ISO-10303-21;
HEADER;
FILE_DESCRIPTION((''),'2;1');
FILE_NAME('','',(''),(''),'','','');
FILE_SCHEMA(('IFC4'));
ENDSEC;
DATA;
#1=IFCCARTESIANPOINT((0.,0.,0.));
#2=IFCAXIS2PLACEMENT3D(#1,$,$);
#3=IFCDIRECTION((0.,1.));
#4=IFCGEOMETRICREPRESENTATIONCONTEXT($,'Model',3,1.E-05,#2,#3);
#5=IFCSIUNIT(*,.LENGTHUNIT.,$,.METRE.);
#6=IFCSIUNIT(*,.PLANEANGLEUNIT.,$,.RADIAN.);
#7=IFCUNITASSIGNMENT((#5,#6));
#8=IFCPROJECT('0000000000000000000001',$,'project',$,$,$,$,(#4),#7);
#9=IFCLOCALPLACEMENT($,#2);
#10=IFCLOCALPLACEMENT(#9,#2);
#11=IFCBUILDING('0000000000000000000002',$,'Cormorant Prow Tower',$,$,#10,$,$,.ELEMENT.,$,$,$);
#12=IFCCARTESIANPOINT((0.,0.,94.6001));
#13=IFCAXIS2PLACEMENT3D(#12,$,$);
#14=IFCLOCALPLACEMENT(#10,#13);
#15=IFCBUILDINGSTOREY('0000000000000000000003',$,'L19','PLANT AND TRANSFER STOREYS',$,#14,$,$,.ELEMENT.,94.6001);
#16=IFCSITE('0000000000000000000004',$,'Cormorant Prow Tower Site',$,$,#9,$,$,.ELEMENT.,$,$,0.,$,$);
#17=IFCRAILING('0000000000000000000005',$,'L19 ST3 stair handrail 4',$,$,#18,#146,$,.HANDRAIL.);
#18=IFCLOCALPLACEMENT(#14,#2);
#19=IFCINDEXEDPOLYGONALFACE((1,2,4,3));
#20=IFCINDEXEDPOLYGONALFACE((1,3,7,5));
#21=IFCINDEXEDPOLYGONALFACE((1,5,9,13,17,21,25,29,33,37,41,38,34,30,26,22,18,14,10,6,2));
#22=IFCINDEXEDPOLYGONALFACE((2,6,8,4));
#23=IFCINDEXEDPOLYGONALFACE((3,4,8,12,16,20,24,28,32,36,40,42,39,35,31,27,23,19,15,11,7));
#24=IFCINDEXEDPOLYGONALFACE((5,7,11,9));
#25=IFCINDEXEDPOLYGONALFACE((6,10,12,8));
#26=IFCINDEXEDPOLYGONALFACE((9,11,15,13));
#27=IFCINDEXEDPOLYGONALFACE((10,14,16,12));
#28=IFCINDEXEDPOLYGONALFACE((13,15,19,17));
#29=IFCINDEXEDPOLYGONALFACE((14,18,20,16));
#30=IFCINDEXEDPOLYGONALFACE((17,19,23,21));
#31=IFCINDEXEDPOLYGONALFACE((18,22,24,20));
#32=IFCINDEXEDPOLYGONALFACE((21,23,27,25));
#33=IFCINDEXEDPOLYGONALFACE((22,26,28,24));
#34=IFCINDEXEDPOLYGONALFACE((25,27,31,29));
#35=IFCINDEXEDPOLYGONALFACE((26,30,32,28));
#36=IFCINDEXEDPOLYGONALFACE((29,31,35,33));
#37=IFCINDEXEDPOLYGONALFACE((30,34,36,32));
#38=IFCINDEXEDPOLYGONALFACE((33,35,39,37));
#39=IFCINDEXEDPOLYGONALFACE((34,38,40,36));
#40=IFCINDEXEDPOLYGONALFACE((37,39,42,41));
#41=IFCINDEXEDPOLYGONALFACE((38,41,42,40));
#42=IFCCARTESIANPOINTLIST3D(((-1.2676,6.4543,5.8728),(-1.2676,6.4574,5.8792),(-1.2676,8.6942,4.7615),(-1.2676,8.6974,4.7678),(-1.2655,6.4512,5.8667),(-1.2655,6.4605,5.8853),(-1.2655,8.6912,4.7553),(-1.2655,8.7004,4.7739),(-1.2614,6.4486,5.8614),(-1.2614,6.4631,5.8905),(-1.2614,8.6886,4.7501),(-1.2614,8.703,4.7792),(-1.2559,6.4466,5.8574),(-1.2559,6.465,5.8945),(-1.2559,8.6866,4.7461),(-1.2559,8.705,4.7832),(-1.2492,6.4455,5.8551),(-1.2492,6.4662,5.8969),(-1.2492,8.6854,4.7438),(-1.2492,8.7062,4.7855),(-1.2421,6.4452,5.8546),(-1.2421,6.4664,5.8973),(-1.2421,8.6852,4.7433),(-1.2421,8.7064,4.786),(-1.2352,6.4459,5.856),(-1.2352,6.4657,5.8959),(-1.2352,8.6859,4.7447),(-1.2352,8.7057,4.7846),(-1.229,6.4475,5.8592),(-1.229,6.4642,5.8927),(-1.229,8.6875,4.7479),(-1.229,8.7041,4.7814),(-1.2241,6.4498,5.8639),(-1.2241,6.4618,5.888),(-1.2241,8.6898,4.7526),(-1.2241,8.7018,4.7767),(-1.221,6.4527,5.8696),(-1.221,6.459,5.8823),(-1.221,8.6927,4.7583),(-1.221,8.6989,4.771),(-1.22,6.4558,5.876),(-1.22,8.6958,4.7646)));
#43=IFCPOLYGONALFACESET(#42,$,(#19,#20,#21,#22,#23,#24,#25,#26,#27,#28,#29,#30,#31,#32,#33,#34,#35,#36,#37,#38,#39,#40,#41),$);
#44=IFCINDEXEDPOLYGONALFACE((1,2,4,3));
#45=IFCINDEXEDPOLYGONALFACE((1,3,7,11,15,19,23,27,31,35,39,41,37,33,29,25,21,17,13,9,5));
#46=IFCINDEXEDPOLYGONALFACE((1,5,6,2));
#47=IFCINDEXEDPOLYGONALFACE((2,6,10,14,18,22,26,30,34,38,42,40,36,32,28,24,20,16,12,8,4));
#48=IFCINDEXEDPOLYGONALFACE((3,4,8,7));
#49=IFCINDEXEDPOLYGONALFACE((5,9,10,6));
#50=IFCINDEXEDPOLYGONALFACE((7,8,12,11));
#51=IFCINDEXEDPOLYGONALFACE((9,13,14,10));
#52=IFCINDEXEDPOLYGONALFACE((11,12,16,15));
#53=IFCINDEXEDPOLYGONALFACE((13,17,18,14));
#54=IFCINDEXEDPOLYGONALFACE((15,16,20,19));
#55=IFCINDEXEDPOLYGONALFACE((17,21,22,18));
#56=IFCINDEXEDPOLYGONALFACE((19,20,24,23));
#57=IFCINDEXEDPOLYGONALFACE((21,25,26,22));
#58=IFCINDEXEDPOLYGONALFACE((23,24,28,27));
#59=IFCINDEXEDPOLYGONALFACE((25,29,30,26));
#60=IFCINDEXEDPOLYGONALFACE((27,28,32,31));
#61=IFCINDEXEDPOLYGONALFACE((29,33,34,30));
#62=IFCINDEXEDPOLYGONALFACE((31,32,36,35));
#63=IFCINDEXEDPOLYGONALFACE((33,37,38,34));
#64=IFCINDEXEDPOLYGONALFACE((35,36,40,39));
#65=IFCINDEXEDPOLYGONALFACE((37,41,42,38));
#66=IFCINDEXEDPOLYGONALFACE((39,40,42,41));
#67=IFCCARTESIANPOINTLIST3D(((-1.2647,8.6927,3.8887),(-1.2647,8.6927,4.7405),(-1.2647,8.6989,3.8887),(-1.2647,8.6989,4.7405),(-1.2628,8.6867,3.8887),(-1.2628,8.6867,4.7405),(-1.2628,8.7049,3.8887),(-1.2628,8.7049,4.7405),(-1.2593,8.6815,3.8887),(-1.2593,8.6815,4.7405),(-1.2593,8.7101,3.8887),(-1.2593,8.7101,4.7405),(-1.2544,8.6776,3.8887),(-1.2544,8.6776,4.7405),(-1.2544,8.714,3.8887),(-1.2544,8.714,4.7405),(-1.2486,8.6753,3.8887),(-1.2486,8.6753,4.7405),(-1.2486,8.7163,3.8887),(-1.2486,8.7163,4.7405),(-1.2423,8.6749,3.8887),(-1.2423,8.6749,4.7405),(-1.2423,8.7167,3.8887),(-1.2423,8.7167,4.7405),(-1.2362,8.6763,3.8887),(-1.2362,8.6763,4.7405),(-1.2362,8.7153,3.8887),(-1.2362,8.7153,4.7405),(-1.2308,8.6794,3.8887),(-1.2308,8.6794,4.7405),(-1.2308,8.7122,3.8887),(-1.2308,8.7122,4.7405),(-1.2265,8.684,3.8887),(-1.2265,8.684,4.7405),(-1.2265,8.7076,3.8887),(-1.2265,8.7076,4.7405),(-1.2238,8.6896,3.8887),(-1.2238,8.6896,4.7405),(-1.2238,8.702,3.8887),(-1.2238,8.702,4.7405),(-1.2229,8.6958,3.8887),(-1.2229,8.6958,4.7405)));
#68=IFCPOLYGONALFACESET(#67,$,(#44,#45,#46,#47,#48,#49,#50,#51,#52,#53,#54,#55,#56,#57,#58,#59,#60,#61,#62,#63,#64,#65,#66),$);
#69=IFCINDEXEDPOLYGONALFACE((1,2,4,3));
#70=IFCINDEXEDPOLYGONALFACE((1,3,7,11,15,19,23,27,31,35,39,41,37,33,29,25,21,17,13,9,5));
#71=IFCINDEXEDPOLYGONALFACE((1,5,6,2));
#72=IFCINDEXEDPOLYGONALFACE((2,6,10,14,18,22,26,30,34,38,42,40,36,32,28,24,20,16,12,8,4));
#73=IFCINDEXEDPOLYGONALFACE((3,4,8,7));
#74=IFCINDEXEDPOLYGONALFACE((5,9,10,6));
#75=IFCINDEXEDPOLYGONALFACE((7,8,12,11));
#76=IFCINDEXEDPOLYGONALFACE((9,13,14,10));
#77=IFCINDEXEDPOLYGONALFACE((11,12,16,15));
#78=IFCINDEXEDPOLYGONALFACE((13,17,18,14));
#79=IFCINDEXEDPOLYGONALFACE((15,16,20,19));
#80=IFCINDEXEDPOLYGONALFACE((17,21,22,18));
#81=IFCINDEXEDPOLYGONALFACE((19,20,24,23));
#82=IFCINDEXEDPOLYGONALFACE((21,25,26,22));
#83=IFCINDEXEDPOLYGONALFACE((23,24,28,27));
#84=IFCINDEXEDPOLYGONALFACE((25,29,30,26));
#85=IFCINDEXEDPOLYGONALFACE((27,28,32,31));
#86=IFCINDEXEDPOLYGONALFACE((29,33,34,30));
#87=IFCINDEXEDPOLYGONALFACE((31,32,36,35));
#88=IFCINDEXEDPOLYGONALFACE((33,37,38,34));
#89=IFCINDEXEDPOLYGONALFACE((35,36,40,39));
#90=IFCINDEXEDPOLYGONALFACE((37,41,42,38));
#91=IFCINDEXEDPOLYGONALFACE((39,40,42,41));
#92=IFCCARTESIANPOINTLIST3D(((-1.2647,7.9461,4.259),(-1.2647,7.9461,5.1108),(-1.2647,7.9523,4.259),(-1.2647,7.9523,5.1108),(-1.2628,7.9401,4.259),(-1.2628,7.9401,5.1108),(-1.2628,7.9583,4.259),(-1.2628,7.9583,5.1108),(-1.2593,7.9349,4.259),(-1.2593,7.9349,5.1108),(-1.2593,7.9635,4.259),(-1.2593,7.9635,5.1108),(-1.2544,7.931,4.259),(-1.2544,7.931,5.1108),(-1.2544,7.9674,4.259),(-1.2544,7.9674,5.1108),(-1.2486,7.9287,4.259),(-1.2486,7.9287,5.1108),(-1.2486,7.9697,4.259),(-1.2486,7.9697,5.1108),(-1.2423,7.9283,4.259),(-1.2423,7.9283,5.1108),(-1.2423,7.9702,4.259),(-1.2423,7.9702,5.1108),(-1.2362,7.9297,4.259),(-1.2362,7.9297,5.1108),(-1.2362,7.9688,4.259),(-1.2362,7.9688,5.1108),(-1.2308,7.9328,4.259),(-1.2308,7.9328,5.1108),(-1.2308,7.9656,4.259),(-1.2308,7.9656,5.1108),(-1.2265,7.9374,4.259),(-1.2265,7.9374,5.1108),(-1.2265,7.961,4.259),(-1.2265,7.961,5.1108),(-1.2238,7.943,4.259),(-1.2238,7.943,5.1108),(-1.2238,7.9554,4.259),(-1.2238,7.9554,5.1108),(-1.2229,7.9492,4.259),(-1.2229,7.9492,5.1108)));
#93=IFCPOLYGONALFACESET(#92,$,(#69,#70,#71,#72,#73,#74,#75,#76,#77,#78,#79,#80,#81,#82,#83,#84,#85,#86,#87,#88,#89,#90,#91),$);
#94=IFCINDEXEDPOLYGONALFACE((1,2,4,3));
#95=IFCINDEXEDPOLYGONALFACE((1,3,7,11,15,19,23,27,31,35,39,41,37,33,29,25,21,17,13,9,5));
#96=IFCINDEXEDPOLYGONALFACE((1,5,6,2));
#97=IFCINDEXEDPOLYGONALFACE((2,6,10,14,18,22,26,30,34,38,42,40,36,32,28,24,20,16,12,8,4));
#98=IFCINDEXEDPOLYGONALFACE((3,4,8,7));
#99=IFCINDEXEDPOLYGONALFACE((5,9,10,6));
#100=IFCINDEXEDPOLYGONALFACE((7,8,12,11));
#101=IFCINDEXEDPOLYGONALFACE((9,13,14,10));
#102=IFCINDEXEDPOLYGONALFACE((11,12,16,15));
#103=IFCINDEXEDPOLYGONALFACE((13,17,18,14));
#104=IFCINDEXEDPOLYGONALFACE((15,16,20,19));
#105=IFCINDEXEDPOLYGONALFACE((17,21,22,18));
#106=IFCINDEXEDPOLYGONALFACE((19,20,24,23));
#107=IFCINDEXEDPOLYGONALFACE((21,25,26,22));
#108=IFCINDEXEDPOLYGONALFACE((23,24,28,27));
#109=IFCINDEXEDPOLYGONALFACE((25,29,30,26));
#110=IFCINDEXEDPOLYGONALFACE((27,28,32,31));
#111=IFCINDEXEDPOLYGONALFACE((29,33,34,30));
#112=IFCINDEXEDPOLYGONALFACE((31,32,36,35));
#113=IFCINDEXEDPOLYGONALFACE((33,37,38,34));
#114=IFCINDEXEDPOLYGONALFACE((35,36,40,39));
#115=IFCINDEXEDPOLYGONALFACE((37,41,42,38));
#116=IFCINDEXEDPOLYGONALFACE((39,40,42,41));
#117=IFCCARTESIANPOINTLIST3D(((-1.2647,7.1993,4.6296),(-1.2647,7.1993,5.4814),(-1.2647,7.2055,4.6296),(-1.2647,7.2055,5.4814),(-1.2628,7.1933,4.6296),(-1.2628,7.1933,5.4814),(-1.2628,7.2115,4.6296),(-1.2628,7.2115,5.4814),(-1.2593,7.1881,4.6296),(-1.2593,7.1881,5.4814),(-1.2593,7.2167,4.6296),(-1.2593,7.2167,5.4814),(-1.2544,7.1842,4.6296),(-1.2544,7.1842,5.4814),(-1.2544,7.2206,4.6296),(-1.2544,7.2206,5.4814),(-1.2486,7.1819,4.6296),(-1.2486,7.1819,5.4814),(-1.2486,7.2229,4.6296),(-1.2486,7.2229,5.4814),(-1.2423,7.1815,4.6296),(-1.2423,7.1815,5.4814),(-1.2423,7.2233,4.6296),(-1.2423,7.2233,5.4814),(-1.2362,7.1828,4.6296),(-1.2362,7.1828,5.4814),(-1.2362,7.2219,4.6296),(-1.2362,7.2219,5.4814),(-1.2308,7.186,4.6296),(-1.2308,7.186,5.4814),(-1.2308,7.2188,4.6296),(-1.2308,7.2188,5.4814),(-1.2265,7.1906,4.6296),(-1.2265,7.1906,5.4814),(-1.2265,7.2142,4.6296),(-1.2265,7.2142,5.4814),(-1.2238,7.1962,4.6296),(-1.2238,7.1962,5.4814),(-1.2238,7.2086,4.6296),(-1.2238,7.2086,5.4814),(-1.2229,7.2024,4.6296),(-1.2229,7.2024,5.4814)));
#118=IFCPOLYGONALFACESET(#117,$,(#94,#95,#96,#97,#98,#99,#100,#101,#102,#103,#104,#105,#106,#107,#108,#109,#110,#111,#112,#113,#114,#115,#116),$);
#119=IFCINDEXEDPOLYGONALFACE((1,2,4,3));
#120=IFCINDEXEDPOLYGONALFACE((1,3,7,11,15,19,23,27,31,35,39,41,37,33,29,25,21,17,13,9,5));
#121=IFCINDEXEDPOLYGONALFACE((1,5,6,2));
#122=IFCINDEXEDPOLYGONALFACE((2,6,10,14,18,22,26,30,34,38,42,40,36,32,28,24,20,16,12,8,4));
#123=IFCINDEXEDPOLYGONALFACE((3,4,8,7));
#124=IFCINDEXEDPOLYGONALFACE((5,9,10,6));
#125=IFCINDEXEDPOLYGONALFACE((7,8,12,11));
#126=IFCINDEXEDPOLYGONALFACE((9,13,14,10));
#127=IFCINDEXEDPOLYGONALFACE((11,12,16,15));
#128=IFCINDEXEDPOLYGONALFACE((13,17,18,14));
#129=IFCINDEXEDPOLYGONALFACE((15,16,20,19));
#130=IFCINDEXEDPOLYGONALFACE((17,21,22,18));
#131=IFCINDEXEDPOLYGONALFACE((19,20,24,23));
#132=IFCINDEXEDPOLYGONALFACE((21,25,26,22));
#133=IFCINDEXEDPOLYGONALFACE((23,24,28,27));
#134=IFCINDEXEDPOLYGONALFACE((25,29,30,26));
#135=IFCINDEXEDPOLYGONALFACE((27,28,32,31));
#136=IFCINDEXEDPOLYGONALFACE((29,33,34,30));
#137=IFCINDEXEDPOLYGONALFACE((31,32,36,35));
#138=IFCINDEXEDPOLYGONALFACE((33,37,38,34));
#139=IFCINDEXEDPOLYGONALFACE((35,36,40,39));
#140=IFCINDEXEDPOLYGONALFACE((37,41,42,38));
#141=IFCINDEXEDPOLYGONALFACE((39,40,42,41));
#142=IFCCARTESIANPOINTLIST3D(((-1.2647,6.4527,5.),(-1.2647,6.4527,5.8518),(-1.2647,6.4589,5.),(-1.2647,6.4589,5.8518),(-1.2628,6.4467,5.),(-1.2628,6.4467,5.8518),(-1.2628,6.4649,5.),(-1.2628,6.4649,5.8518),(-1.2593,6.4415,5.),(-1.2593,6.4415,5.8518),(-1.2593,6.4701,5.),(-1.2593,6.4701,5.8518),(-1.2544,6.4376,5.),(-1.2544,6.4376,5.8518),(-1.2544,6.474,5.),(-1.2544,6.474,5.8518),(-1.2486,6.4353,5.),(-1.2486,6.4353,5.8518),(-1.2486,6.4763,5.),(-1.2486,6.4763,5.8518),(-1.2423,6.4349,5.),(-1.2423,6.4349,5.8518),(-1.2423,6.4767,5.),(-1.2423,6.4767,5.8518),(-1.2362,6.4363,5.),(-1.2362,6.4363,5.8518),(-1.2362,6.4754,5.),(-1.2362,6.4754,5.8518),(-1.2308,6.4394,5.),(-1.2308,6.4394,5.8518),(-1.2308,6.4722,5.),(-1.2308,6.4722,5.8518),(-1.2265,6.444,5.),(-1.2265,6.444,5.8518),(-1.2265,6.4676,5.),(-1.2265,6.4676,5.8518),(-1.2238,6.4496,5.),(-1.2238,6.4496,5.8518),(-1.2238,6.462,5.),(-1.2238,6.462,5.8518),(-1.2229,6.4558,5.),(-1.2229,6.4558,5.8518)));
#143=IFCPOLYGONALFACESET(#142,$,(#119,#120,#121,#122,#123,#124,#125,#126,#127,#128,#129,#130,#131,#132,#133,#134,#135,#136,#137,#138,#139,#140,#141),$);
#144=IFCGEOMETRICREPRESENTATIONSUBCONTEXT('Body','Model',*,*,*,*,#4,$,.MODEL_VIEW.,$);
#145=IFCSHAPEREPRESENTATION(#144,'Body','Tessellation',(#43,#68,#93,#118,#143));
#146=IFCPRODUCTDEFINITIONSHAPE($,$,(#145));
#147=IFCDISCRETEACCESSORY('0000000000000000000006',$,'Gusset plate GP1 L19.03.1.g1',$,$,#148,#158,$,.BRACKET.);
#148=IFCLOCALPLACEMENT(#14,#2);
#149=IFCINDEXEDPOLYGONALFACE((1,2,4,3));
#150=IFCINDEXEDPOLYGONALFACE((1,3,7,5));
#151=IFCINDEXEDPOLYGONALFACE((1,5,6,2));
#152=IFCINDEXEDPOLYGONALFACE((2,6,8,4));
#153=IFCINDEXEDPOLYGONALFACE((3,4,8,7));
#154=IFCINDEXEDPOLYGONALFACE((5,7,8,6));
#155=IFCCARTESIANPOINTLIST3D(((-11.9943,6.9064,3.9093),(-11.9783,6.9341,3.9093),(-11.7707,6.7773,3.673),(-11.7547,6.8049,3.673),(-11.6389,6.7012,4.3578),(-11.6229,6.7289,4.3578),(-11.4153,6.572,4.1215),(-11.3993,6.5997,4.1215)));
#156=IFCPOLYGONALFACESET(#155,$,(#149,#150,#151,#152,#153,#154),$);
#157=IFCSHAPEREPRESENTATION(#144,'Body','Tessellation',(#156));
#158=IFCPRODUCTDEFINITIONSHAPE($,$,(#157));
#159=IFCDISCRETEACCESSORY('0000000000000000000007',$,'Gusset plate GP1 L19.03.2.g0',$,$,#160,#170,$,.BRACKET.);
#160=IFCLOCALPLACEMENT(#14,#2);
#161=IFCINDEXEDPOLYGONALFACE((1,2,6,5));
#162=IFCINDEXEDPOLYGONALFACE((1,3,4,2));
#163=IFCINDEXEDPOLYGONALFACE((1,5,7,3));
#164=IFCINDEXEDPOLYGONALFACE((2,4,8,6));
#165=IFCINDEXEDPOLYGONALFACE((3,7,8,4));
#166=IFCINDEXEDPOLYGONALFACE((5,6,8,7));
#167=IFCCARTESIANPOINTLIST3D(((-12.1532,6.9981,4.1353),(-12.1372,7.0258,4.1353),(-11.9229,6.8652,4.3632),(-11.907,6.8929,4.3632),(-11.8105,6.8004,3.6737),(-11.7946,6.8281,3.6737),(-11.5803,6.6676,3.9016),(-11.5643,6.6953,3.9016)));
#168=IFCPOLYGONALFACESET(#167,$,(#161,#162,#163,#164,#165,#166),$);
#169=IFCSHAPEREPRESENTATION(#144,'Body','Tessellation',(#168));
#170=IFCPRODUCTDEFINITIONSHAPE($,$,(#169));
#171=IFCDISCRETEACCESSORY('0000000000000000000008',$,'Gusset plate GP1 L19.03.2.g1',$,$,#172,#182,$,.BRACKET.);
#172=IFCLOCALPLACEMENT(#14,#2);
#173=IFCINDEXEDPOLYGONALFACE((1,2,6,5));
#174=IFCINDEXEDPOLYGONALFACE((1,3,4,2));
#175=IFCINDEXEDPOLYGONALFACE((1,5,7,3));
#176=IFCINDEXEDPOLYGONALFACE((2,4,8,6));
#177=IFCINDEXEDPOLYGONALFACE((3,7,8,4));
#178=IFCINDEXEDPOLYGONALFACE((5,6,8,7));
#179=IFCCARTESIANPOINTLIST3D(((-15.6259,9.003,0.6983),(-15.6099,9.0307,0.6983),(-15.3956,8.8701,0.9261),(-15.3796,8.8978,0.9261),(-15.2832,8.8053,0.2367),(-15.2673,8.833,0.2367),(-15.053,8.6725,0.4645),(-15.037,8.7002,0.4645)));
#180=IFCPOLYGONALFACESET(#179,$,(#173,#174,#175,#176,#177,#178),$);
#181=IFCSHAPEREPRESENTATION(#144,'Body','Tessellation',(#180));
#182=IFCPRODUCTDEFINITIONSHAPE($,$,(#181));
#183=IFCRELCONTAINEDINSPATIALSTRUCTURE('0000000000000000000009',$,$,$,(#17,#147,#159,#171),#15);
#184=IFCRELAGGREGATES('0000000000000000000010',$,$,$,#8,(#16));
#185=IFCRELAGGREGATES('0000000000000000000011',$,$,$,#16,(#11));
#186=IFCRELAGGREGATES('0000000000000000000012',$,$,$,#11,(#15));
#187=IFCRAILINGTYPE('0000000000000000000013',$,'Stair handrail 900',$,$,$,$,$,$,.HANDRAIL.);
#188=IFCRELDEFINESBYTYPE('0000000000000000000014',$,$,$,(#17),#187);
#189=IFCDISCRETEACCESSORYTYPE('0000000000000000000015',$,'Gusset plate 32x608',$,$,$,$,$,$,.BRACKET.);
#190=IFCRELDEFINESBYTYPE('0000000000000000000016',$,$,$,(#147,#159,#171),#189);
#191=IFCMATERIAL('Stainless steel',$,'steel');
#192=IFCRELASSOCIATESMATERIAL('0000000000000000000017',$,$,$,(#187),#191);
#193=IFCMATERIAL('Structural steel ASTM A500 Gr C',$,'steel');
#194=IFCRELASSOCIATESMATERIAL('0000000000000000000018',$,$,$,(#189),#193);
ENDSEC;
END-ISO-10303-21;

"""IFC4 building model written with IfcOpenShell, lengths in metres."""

from ifc_helpers import new_model, si_unit, direction, frame, origin, origin_2d, place, context, subcontext, project, spatial, rectangle, circle, extrude, material, material_profile, profile_set, type_object, element, save


model = new_model("IFC4")

# Units and contexts
model_context = context("Model", 3, precision=1e-05, world=origin(), true_north=direction((0.0, 1.0)))
body_context = subcontext(model_context, "Body", "Model", "MODEL_VIEW")
ifc_project = project(units=[si_unit("LENGTHUNIT", "METRE"), si_unit("PLANEANGLEUNIT", "RADIAN")], contexts=[model_context])

# Site, building, storey
site_placement = place(None, origin())
site = spatial("IfcSite", under=ifc_project, at=site_placement, Name="Cormorant Prow Tower Site", CompositionType="ELEMENT", RefElevation=0.0)
building_placement = place(site_placement, origin())
building = spatial("IfcBuilding", under=site, at=building_placement, Name="Cormorant Prow Tower", CompositionType="ELEMENT")
storey_placement = place(building_placement, frame((0.0, 0.0, 94.6001)))
storey = spatial("IfcBuildingStorey", under=building, at=storey_placement, Name="L19", Description="PLANT AND TRANSFER STOREYS", CompositionType="ELEMENT", Elevation=94.6001)

# Railing
ifc_material_1 = material(Name="Stainless steel", Category="steel")
railing_type = type_object("IfcRailingType", Name="Stair handrail 900", PredefinedType="HANDRAIL", material=ifc_material_1)
for number, where, name in (
    (1, (-1.2439, 8.6958, 3.8887), "L19 ST3 stair handrail 4"),
):
    element("IfcRailing", number, at=place(storey_placement, frame(where)), inside=storey, type_object=railing_type, Name=name, PredefinedType="HANDRAIL", context=body_context, shape_type="SweptSolid", body=[
        extrude(circle(Radius=0.0239, at=origin_2d()), frame((0.0, 0.0, 0.876), z_axis=(0.0, -0.895809, 0.444439), x_axis=(1.0, 0.0, 0.0)), (0.0, 0.0, 1.0), 2.5005),
        extrude(circle(Radius=0.021, at=origin_2d()), origin(), (0.0, 0.0, 1.0), 0.8518),
        extrude(circle(Radius=0.021, at=origin_2d()), frame((0.0, -0.7466, 0.3704)), (0.0, 0.0, 1.0), 0.8518),
        extrude(circle(Radius=0.021, at=origin_2d()), frame((0.0, -1.4934, 0.741)), (0.0, 0.0, 1.0), 0.8518),
        extrude(circle(Radius=0.021, at=origin_2d()), frame((0.0, -2.24, 1.1113)), (0.0, 0.0, 1.0), 0.8518),
    ])

# Discrete accessories
ifc_material_2 = material(Name="Structural steel ASTM A500 Gr C", Category="steel")
ifc_material_profile_1 = material_profile(ifc_material_2, rectangle(XDim=0.032, YDim=0.6079, at=origin_2d()), Name="Gusset plate 32x608")
ifc_profile_set_1 = profile_set([ifc_material_profile_1], Name="Structural steel ASTM A500 Gr C")
discrete_accessory_type = type_object("IfcDiscreteAccessoryType", Name="Gusset plate 32x608", PredefinedType="BRACKET", material=ifc_profile_set_1)
for number, where, z_axis, x_axis, name in (
    (2, (-11.585, 6.6885, 3.8972), (-0.63884, 0.368937, 0.675106), (-0.500104, -0.865965, 0.0), "Gusset plate GP1 L19.03.1.g1"),
    (3, (-11.9739, 6.9131, 3.9045), (0.65771, -0.379421, 0.650736), (0.499696, 0.866201, 0.0), "Gusset plate GP1 L19.03.2.g0"),
    (4, (-15.2163, 8.7852, 0.6953), (-0.65771, 0.379421, -0.650736), (-0.499696, -0.866201, 0.0), "Gusset plate GP1 L19.03.2.g1"),
):
    element("IfcDiscreteAccessory", number, at=place(storey_placement, frame(where, z_axis=z_axis, x_axis=x_axis)), inside=storey, type_object=discrete_accessory_type, Name=name, PredefinedType="BRACKET", context=body_context, shape_type="SweptSolid", body=[
        extrude(rectangle(XDim=0.032, YDim=0.6079, at=origin_2d()), origin(), (0.0, 0.0, 1.0), 0.3501),
    ])

save(model, "model.ifc")
